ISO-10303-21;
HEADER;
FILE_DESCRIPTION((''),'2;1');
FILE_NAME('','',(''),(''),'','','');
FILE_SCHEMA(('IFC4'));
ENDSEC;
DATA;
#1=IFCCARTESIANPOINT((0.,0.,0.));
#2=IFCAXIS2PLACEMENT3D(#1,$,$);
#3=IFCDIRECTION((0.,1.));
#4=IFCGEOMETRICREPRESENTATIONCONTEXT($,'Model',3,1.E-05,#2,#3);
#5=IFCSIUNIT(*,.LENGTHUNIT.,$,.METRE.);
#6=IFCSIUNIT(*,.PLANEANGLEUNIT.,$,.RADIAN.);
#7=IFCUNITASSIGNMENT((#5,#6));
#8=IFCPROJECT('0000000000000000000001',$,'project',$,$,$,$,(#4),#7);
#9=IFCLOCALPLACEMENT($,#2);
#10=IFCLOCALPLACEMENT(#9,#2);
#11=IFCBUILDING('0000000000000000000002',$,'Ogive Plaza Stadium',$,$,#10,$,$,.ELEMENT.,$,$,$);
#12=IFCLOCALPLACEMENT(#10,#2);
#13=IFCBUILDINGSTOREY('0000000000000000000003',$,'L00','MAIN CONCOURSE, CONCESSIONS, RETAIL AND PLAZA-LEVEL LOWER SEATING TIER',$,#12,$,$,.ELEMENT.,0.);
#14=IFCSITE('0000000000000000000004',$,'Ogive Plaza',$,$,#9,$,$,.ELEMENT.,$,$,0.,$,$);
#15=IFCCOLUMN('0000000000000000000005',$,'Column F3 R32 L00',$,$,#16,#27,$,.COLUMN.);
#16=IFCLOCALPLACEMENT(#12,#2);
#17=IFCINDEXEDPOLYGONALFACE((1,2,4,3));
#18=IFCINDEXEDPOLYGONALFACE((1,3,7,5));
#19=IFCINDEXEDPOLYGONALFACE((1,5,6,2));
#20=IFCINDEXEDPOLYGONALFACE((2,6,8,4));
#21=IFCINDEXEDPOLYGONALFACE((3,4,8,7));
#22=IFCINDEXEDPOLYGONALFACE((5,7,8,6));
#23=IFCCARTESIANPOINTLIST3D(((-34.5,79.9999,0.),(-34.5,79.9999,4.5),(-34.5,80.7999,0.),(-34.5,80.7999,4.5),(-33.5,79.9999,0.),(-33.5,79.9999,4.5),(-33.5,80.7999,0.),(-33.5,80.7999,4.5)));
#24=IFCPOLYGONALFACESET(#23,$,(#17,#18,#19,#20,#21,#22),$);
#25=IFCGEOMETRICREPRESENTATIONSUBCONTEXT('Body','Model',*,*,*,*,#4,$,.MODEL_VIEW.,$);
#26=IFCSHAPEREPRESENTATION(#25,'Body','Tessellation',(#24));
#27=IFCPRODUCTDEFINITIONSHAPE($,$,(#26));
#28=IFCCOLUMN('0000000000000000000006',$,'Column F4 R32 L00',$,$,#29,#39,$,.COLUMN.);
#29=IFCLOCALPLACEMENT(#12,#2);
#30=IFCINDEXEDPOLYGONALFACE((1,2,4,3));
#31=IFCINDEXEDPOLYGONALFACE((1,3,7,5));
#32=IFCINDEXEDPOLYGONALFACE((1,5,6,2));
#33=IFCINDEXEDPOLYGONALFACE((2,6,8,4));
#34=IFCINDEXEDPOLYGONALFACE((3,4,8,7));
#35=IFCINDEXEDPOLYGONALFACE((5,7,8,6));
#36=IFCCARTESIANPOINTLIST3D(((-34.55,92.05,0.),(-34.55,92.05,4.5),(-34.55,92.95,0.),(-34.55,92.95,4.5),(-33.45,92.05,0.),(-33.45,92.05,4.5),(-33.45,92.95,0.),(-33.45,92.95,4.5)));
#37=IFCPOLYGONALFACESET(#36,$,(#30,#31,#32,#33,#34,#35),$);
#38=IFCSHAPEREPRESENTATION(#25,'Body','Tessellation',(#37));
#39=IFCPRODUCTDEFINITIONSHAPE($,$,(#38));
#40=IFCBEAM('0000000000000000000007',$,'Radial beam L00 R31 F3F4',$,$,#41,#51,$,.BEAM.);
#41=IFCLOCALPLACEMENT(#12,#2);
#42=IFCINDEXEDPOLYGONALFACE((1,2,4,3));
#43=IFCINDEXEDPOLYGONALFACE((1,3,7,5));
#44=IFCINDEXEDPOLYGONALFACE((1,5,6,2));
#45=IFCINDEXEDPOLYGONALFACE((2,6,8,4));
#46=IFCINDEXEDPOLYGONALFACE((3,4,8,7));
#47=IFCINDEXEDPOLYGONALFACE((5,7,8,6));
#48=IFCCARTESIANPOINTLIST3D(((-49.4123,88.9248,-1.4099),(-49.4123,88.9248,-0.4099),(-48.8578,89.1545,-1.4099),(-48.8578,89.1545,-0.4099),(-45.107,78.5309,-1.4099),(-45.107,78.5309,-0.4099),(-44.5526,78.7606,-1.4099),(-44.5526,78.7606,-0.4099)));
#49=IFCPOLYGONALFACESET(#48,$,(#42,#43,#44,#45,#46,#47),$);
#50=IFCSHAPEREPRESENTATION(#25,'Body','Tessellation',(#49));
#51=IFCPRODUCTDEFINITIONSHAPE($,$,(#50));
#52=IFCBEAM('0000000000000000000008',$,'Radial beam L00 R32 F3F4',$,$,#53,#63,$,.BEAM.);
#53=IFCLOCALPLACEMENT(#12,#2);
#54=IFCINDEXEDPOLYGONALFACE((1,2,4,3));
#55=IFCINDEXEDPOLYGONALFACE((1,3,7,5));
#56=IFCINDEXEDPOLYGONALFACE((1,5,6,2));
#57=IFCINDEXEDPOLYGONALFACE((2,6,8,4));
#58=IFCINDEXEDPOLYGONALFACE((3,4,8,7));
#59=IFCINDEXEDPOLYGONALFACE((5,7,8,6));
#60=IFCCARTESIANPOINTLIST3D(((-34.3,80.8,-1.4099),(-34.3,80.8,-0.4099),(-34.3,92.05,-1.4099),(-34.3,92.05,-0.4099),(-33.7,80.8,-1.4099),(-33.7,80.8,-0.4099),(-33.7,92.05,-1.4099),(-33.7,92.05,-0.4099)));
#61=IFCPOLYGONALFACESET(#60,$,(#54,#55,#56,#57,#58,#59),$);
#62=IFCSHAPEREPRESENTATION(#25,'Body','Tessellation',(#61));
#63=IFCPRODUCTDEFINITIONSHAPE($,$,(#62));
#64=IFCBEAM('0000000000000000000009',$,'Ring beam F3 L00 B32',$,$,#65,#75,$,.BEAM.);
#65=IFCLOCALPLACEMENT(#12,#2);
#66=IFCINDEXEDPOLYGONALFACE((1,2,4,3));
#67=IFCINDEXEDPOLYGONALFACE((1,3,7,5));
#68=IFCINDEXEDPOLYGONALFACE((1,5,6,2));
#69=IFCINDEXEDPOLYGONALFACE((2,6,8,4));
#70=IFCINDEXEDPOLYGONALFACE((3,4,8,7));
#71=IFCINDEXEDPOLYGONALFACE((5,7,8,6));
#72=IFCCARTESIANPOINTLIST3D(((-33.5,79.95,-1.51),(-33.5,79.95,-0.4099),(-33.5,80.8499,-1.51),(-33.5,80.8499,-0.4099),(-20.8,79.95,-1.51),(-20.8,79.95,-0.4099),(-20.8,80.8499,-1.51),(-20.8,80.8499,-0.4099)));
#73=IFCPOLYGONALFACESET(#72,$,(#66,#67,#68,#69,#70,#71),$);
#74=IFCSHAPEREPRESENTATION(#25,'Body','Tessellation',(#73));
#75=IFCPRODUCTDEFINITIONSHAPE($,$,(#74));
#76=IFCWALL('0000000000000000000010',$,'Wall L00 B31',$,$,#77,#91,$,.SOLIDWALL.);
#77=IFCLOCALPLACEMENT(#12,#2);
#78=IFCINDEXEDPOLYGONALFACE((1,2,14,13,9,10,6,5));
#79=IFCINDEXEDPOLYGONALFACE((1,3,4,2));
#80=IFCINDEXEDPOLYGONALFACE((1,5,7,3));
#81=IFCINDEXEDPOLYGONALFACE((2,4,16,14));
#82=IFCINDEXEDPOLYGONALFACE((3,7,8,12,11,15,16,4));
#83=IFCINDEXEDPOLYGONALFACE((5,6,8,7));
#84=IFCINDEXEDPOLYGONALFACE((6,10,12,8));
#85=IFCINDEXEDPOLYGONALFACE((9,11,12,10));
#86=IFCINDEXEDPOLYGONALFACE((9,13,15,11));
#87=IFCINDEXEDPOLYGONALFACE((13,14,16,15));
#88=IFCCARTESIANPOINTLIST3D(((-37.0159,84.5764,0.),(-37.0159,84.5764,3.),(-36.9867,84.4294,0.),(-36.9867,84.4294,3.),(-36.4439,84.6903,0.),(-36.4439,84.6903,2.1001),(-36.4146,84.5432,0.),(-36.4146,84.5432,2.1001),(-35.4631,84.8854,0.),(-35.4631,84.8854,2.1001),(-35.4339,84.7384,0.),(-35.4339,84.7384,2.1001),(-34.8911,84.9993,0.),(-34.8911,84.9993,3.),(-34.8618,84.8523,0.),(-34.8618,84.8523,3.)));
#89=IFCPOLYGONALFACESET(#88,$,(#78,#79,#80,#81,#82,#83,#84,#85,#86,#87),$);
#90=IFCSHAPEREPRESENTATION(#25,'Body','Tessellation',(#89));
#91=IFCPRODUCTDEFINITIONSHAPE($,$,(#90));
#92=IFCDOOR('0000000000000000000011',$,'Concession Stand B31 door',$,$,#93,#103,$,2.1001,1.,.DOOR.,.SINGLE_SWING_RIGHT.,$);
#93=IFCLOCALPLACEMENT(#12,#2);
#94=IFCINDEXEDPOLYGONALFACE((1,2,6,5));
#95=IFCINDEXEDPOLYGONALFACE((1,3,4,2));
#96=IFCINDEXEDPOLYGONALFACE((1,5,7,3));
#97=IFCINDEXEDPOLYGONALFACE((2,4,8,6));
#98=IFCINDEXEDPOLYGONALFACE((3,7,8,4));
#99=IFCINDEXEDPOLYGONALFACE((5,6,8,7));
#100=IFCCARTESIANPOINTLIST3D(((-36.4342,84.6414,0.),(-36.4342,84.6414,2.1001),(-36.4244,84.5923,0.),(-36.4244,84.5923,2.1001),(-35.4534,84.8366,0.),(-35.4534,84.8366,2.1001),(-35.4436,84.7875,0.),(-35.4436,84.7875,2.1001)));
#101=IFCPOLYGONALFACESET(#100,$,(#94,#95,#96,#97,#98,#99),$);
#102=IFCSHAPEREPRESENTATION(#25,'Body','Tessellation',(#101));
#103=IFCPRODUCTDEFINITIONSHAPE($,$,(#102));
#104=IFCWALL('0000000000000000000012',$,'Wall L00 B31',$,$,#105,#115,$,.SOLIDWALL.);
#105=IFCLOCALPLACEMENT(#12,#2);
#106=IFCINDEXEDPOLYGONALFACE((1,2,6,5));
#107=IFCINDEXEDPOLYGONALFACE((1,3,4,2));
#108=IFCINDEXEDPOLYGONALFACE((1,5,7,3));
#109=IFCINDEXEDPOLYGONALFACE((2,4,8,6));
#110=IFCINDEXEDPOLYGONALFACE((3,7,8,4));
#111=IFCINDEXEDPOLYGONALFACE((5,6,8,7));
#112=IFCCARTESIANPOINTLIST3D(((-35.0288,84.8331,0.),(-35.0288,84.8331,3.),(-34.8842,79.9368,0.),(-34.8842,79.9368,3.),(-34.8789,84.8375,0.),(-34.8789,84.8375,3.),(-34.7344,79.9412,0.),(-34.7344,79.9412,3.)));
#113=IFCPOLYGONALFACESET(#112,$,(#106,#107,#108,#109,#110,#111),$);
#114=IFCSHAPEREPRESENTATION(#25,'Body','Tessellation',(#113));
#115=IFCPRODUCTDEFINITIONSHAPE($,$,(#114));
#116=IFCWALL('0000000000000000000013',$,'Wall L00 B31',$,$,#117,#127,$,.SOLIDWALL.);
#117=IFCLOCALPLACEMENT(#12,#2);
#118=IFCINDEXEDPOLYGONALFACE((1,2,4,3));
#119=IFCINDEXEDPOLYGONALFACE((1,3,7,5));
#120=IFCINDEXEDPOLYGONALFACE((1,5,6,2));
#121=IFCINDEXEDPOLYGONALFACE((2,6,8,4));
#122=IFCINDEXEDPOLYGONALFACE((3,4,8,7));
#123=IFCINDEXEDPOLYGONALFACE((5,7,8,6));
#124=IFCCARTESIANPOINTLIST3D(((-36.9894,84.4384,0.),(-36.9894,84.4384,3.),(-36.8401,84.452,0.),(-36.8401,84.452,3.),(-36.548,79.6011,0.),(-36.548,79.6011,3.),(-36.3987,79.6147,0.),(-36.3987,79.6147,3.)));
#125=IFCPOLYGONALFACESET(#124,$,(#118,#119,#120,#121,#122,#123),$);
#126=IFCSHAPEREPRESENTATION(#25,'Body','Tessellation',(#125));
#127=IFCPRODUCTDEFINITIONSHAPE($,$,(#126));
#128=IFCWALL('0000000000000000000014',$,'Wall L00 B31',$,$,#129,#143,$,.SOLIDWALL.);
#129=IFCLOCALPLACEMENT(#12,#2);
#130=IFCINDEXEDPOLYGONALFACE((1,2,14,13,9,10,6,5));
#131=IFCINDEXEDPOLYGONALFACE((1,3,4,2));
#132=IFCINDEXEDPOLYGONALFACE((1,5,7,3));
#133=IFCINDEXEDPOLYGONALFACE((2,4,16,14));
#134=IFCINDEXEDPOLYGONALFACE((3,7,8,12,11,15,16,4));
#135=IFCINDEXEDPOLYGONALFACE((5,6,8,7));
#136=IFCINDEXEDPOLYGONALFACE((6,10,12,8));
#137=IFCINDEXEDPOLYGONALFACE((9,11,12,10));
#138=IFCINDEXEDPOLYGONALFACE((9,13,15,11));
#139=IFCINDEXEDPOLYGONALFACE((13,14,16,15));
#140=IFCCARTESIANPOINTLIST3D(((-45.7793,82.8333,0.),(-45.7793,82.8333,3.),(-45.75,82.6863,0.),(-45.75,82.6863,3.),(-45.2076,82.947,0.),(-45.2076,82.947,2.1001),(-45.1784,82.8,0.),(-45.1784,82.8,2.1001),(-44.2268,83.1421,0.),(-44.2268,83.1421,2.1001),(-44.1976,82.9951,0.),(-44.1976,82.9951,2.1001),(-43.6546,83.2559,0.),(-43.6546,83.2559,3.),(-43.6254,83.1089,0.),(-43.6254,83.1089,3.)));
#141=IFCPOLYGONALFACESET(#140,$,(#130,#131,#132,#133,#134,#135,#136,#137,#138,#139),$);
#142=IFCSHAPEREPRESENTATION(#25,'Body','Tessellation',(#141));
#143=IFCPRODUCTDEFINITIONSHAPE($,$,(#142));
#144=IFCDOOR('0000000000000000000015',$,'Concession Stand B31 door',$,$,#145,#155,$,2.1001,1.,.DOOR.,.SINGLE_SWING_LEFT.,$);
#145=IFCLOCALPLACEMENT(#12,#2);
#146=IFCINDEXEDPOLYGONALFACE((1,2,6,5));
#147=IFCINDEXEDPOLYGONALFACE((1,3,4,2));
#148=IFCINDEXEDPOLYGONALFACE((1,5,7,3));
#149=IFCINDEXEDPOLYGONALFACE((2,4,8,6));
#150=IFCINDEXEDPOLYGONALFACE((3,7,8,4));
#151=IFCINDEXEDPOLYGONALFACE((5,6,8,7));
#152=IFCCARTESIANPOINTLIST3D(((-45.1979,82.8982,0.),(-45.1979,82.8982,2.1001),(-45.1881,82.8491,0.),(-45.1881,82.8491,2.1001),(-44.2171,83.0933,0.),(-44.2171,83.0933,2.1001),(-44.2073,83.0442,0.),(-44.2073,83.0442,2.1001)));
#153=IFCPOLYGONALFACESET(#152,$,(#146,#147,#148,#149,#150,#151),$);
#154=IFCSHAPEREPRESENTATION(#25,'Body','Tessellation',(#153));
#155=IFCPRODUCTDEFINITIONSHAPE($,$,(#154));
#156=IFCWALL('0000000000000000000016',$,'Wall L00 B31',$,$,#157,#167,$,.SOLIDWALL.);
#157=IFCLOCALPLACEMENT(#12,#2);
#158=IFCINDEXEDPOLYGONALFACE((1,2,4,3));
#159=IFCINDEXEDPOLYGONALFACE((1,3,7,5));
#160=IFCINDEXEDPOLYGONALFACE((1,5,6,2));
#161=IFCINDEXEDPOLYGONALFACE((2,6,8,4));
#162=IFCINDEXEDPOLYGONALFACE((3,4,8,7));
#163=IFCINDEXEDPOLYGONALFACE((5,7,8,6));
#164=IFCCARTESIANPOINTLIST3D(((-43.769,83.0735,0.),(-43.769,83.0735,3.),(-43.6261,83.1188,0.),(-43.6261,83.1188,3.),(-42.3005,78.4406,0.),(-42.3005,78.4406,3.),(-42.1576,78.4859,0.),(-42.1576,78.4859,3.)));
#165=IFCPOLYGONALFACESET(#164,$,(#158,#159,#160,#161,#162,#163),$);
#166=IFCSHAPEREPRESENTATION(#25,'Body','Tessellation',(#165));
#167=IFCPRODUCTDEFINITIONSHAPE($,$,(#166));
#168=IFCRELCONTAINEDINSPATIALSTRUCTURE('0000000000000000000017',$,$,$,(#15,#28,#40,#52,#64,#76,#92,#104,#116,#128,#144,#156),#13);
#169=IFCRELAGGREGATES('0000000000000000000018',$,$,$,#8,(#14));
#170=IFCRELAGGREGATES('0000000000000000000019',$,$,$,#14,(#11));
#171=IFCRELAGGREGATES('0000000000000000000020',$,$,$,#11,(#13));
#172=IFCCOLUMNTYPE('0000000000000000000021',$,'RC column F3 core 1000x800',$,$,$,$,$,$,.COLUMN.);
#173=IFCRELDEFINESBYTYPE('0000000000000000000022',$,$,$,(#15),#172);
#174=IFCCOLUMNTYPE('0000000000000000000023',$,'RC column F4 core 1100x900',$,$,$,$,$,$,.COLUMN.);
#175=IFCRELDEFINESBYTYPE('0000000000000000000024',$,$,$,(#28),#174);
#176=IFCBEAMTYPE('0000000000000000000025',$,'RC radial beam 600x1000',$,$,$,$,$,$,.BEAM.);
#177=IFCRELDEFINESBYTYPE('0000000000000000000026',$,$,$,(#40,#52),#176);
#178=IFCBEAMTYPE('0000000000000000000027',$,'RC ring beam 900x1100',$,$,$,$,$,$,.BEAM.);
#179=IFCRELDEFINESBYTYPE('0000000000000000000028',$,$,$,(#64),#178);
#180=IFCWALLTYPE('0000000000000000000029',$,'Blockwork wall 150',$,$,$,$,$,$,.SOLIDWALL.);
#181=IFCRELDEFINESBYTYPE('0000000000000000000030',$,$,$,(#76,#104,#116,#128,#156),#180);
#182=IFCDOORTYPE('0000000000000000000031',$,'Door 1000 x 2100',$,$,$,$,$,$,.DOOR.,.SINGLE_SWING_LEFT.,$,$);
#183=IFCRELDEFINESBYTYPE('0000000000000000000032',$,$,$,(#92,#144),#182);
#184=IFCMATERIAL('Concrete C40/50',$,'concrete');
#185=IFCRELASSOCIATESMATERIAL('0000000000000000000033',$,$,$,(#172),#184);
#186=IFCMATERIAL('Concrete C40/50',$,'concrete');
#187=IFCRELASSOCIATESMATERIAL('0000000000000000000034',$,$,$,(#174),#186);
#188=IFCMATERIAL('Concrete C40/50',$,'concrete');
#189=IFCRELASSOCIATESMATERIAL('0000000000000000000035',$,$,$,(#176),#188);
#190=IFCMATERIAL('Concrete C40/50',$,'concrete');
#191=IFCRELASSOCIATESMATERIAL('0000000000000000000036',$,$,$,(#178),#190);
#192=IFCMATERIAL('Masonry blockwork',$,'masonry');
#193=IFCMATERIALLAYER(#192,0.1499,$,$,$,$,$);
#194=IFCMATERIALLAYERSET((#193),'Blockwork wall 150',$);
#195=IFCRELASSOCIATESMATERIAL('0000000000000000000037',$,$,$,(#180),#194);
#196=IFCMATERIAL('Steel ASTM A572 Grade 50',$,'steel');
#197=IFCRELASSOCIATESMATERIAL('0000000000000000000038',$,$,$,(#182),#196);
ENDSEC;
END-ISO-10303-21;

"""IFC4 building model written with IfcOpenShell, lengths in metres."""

from ifc_helpers import new_model, si_unit, direction, frame, frame_2d, origin, origin_2d, place, context, subcontext, project, spatial, rectangle, extrude, material, layer, layer_set, material_profile, profile_set, type_object, element, fill, save


model = new_model("IFC4")

# Units and contexts
model_context = context("Model", 3, precision=1e-05, world=origin(), true_north=direction((0.0, 1.0)))
body_context = subcontext(model_context, "Body", "Model", "MODEL_VIEW")
ifc_project = project(units=[si_unit("LENGTHUNIT", "METRE"), si_unit("PLANEANGLEUNIT", "RADIAN")], contexts=[model_context])

# Site, building, storey
site_placement = place(None, origin())
site = spatial("IfcSite", under=ifc_project, at=site_placement, Name="Ogive Plaza", CompositionType="ELEMENT", RefElevation=0.0)
building_placement = place(site_placement, origin())
building = spatial("IfcBuilding", under=site, at=building_placement, Name="Ogive Plaza Stadium", CompositionType="ELEMENT")
storey_placement = place(building_placement, origin())
storey = spatial("IfcBuildingStorey", under=building, at=storey_placement, Name="L00", Description="MAIN CONCOURSE, CONCESSIONS, RETAIL AND PLAZA-LEVEL LOWER SEATING TIER", CompositionType="ELEMENT", Elevation=0.0)

# Columns
ifc_material_1 = material(Name="Concrete C40/50", Category="concrete")
ifc_material_profile_1 = material_profile(ifc_material_1, rectangle(XDim=1.0, YDim=0.8, at=origin_2d()), Name="RC 1000x800")
ifc_profile_set_1 = profile_set([ifc_material_profile_1], Name="Concrete C40/50")
column_type_1 = type_object("IfcColumnType", Name="RC column F3 core 1000x800", PredefinedType="COLUMN", material=ifc_profile_set_1)
column_1_placement = place(storey_placement, frame((-34.0, 80.3999, 0.0), z_axis=(0.0, 0.0, 1.0), x_axis=(-1.0, 0.0, 0.0)))
element("IfcColumn", 1, at=column_1_placement, inside=storey, type_object=column_type_1, Name="Column F3 R32 L00", PredefinedType="COLUMN", context=body_context, shape_type="SweptSolid", body=[
    extrude(rectangle(XDim=1.0, YDim=0.8, at=origin_2d()), origin(), (0.0, 0.0, 1.0), 4.5),
])
ifc_material_2 = material(Name="Concrete C40/50", Category="concrete")
ifc_material_profile_2 = material_profile(ifc_material_2, rectangle(XDim=1.1001, YDim=0.8999, at=origin_2d()), Name="RC 1100x900")
ifc_profile_set_2 = profile_set([ifc_material_profile_2], Name="Concrete C40/50")
column_type_2 = type_object("IfcColumnType", Name="RC column F4 core 1100x900", PredefinedType="COLUMN", material=ifc_profile_set_2)
column_2_placement = place(storey_placement, frame((-34.0, 92.5, 0.0), z_axis=(0.0, 0.0, 1.0), x_axis=(-1.0, 0.0, 0.0)))
element("IfcColumn", 2, at=column_2_placement, inside=storey, type_object=column_type_2, Name="Column F4 R32 L00", PredefinedType="COLUMN", context=body_context, shape_type="SweptSolid", body=[
    extrude(rectangle(XDim=1.1001, YDim=0.8999, at=origin_2d()), origin(), (0.0, 0.0, 1.0), 4.5),
])

# Beams
ifc_material_3 = material(Name="Concrete C40/50", Category="concrete")
ifc_material_profile_3 = material_profile(ifc_material_3, rectangle(XDim=0.6001, YDim=1.0, at=origin_2d()), Name="RC 600x1000")
ifc_profile_set_3 = profile_set([ifc_material_profile_3], Name="Concrete C40/50")
beam_type_1 = type_object("IfcBeamType", Name="RC radial beam 600x1000", PredefinedType="BEAM", material=ifc_profile_set_3)
beam_1_placement = place(storey_placement, frame((-44.8298, 78.6458, -0.9099), z_axis=(-0.382678, 0.923882, 0.0), x_axis=(-0.923882, -0.382678, 0.0)))
element("IfcBeam", 3, at=beam_1_placement, inside=storey, type_object=beam_type_1, Name="Radial beam L00 R31 F3F4", PredefinedType="BEAM", context=body_context, shape_type="SweptSolid", body=[
    extrude(rectangle(XDim=0.6001, YDim=1.0, at=origin_2d()), origin(), (0.0, 0.0, 1.0), 11.2502),
])
beam_2_placement = place(storey_placement, frame((-34.0, 80.8, -0.9099), z_axis=(0.0, 1.0, 0.0), x_axis=(-1.0, 0.0, 0.0)))
element("IfcBeam", 4, at=beam_2_placement, inside=storey, type_object=beam_type_1, Name="Radial beam L00 R32 F3F4", PredefinedType="BEAM", context=body_context, shape_type="SweptSolid", body=[
    extrude(rectangle(XDim=0.6001, YDim=1.0, at=origin_2d()), origin(), (0.0, 0.0, 1.0), 11.25),
])
ifc_material_4 = material(Name="Concrete C40/50", Category="concrete")
ifc_material_profile_4 = material_profile(ifc_material_4, rectangle(XDim=0.8999, YDim=1.1001, at=origin_2d()), Name="RC 900x1100")
ifc_profile_set_4 = profile_set([ifc_material_profile_4], Name="Concrete C40/50")
beam_type_2 = type_object("IfcBeamType", Name="RC ring beam 900x1100", PredefinedType="BEAM", material=ifc_profile_set_4)
beam_3_placement = place(storey_placement, frame((-33.5, 80.3999, -0.96), z_axis=(1.0, 0.0, 0.0), x_axis=(0.0, 1.0, 0.0)))
element("IfcBeam", 5, at=beam_3_placement, inside=storey, type_object=beam_type_2, Name="Ring beam F3 L00 B32", PredefinedType="BEAM", context=body_context, shape_type="SweptSolid", body=[
    extrude(rectangle(XDim=0.8999, YDim=1.1001, at=origin_2d()), origin(), (0.0, 0.0, 1.0), 12.7),
])

# Wall, opening, door
ifc_material_5 = material(Name="Masonry blockwork", Category="masonry")
ifc_layer = layer(ifc_material_5, 0.1499)
ifc_layer_set = layer_set([ifc_layer], Name="Blockwork wall 150")
wall_type = type_object("IfcWallType", Name="Blockwork wall 150", PredefinedType="SOLIDWALL", material=ifc_layer_set)
wall_1_placement = place(storey_placement, frame((-34.8765, 84.9258, 0.0), z_axis=(0.0, 0.0, 1.0), x_axis=(-0.980767, -0.195184, 0.0)))
wall_1 = element("IfcWall", 6, at=wall_1_placement, inside=storey, type_object=wall_type, Name="Wall L00 B31", PredefinedType="SOLIDWALL", context=body_context, shape_type="SweptSolid", body=[
    extrude(rectangle(XDim=2.1665, YDim=0.1499, at=frame_2d((1.0833, 0.0))), origin(), (0.0, 0.0, 1.0), 3.0),
])
opening_1_placement = place(wall_1_placement, frame((0.5833, 0.0, 0.0)))
opening_1 = element("IfcOpeningElement", 7, at=opening_1_placement, cuts=wall_1, PredefinedType="OPENING", context=body_context, shape_type="SweptSolid", body=[
    extrude(rectangle(XDim=1.0, YDim=2.1001, at=frame_2d((0.5, 1.05))), frame((0.0, 0.075, 0.0), z_axis=(0.0, -1.0, 0.0), x_axis=(1.0, 0.0, 0.0)), (0.0, 0.0, 1.0), 0.1499),
])
ifc_material_6 = material(Name="Steel ASTM A572 Grade 50", Category="steel")
door_type_1 = type_object("IfcDoorType", Name="Door 1000 x 2100", OperationType="SINGLE_SWING_LEFT", PredefinedType="DOOR", material=ifc_material_6)
door_1_placement = place(opening_1_placement, origin())
door_1 = element("IfcDoor", 8, at=door_1_placement, inside=storey, type_object=door_type_1, Name="Concession Stand B31 door", OperationType="SINGLE_SWING_RIGHT", OverallHeight=2.1001, OverallWidth=1.0, PredefinedType="DOOR", context=body_context, shape_type="SweptSolid", body=[
    extrude(rectangle(XDim=1.0, YDim=2.1001, at=frame_2d((0.5, 1.05))), frame((0.0, 0.0249, 0.0), z_axis=(0.0, -1.0, 0.0), x_axis=(1.0, 0.0, 0.0)), (0.0, 0.0, 1.0), 0.05),
])
fill(opening_1, door_1)

# Walls
wall_2_placement = place(storey_placement, frame((-34.8093, 79.939, 0.0), z_axis=(0.0, 0.0, 1.0), x_axis=(-0.029506, 0.999565, 0.0)))
element("IfcWall", 9, at=wall_2_placement, inside=storey, type_object=wall_type, Name="Wall L00 B31", PredefinedType="SOLIDWALL", context=body_context, shape_type="SweptSolid", body=[
    extrude(rectangle(XDim=4.8984, YDim=0.1499, at=frame_2d((2.4492, 0.0))), origin(), (0.0, 0.0, 1.0), 3.0),
])
wall_3_placement = place(storey_placement, frame((-36.4734, 79.6079, 0.0), z_axis=(0.0, 0.0, 1.0), x_axis=(-0.090871, 0.995863, 0.0)))
element("IfcWall", 10, at=wall_3_placement, inside=storey, type_object=wall_type, Name="Wall L00 B31", PredefinedType="SOLIDWALL", context=body_context, shape_type="SweptSolid", body=[
    extrude(rectangle(XDim=4.8574, YDim=0.1499, at=frame_2d((2.4287, 0.0))), origin(), (0.0, 0.0, 1.0), 3.0),
])

# Wall, opening, door
wall_4_placement = place(storey_placement, frame((-43.6401, 83.1824, 0.0), z_axis=(0.0, 0.0, 1.0), x_axis=(-0.980788, -0.195076, 0.0)))
wall_4 = element("IfcWall", 11, at=wall_4_placement, inside=storey, type_object=wall_type, Name="Wall L00 B31", PredefinedType="SOLIDWALL", context=body_context, shape_type="SweptSolid", body=[
    extrude(rectangle(XDim=2.1663, YDim=0.1499, at=frame_2d((1.083, 0.0))), origin(), (0.0, 0.0, 1.0), 3.0),
])
opening_2_placement = place(wall_4_placement, frame((0.5833, 0.0, 0.0)))
opening_2 = element("IfcOpeningElement", 12, at=opening_2_placement, cuts=wall_4, PredefinedType="OPENING", context=body_context, shape_type="SweptSolid", body=[
    extrude(rectangle(XDim=1.0, YDim=2.1001, at=frame_2d((0.5, 1.05))), frame((0.0, 0.075, 0.0), z_axis=(0.0, -1.0, 0.0), x_axis=(1.0, 0.0, 0.0)), (0.0, 0.0, 1.0), 0.1499),
])
door_2_placement = place(opening_2_placement, origin())
door_2 = element("IfcDoor", 13, at=door_2_placement, inside=storey, type_object=door_type_1, Name="Concession Stand B31 door", OperationType="SINGLE_SWING_LEFT", OverallHeight=2.1001, OverallWidth=1.0, PredefinedType="DOOR", context=body_context, shape_type="SweptSolid", body=[
    extrude(rectangle(XDim=1.0, YDim=2.1001, at=frame_2d((0.5, 1.05))), frame((0.0, 0.0249, 0.0), z_axis=(0.0, -1.0, 0.0), x_axis=(1.0, 0.0, 0.0)), (0.0, 0.0, 1.0), 0.05),
])
fill(opening_2, door_2)

# Wall
wall_5_placement = place(storey_placement, frame((-42.229, 78.4631, 0.0), z_axis=(0.0, 0.0, 1.0), x_axis=(-0.302163, 0.953256, 0.0)))
element("IfcWall", 14, at=wall_5_placement, inside=storey, type_object=wall_type, Name="Wall L00 B31", PredefinedType="SOLIDWALL", context=body_context, shape_type="SweptSolid", body=[
    extrude(rectangle(XDim=4.8601, YDim=0.1499, at=frame_2d((2.4302, 0.0))), origin(), (0.0, 0.0, 1.0), 3.0),
])

save(model, "model.ifc")
